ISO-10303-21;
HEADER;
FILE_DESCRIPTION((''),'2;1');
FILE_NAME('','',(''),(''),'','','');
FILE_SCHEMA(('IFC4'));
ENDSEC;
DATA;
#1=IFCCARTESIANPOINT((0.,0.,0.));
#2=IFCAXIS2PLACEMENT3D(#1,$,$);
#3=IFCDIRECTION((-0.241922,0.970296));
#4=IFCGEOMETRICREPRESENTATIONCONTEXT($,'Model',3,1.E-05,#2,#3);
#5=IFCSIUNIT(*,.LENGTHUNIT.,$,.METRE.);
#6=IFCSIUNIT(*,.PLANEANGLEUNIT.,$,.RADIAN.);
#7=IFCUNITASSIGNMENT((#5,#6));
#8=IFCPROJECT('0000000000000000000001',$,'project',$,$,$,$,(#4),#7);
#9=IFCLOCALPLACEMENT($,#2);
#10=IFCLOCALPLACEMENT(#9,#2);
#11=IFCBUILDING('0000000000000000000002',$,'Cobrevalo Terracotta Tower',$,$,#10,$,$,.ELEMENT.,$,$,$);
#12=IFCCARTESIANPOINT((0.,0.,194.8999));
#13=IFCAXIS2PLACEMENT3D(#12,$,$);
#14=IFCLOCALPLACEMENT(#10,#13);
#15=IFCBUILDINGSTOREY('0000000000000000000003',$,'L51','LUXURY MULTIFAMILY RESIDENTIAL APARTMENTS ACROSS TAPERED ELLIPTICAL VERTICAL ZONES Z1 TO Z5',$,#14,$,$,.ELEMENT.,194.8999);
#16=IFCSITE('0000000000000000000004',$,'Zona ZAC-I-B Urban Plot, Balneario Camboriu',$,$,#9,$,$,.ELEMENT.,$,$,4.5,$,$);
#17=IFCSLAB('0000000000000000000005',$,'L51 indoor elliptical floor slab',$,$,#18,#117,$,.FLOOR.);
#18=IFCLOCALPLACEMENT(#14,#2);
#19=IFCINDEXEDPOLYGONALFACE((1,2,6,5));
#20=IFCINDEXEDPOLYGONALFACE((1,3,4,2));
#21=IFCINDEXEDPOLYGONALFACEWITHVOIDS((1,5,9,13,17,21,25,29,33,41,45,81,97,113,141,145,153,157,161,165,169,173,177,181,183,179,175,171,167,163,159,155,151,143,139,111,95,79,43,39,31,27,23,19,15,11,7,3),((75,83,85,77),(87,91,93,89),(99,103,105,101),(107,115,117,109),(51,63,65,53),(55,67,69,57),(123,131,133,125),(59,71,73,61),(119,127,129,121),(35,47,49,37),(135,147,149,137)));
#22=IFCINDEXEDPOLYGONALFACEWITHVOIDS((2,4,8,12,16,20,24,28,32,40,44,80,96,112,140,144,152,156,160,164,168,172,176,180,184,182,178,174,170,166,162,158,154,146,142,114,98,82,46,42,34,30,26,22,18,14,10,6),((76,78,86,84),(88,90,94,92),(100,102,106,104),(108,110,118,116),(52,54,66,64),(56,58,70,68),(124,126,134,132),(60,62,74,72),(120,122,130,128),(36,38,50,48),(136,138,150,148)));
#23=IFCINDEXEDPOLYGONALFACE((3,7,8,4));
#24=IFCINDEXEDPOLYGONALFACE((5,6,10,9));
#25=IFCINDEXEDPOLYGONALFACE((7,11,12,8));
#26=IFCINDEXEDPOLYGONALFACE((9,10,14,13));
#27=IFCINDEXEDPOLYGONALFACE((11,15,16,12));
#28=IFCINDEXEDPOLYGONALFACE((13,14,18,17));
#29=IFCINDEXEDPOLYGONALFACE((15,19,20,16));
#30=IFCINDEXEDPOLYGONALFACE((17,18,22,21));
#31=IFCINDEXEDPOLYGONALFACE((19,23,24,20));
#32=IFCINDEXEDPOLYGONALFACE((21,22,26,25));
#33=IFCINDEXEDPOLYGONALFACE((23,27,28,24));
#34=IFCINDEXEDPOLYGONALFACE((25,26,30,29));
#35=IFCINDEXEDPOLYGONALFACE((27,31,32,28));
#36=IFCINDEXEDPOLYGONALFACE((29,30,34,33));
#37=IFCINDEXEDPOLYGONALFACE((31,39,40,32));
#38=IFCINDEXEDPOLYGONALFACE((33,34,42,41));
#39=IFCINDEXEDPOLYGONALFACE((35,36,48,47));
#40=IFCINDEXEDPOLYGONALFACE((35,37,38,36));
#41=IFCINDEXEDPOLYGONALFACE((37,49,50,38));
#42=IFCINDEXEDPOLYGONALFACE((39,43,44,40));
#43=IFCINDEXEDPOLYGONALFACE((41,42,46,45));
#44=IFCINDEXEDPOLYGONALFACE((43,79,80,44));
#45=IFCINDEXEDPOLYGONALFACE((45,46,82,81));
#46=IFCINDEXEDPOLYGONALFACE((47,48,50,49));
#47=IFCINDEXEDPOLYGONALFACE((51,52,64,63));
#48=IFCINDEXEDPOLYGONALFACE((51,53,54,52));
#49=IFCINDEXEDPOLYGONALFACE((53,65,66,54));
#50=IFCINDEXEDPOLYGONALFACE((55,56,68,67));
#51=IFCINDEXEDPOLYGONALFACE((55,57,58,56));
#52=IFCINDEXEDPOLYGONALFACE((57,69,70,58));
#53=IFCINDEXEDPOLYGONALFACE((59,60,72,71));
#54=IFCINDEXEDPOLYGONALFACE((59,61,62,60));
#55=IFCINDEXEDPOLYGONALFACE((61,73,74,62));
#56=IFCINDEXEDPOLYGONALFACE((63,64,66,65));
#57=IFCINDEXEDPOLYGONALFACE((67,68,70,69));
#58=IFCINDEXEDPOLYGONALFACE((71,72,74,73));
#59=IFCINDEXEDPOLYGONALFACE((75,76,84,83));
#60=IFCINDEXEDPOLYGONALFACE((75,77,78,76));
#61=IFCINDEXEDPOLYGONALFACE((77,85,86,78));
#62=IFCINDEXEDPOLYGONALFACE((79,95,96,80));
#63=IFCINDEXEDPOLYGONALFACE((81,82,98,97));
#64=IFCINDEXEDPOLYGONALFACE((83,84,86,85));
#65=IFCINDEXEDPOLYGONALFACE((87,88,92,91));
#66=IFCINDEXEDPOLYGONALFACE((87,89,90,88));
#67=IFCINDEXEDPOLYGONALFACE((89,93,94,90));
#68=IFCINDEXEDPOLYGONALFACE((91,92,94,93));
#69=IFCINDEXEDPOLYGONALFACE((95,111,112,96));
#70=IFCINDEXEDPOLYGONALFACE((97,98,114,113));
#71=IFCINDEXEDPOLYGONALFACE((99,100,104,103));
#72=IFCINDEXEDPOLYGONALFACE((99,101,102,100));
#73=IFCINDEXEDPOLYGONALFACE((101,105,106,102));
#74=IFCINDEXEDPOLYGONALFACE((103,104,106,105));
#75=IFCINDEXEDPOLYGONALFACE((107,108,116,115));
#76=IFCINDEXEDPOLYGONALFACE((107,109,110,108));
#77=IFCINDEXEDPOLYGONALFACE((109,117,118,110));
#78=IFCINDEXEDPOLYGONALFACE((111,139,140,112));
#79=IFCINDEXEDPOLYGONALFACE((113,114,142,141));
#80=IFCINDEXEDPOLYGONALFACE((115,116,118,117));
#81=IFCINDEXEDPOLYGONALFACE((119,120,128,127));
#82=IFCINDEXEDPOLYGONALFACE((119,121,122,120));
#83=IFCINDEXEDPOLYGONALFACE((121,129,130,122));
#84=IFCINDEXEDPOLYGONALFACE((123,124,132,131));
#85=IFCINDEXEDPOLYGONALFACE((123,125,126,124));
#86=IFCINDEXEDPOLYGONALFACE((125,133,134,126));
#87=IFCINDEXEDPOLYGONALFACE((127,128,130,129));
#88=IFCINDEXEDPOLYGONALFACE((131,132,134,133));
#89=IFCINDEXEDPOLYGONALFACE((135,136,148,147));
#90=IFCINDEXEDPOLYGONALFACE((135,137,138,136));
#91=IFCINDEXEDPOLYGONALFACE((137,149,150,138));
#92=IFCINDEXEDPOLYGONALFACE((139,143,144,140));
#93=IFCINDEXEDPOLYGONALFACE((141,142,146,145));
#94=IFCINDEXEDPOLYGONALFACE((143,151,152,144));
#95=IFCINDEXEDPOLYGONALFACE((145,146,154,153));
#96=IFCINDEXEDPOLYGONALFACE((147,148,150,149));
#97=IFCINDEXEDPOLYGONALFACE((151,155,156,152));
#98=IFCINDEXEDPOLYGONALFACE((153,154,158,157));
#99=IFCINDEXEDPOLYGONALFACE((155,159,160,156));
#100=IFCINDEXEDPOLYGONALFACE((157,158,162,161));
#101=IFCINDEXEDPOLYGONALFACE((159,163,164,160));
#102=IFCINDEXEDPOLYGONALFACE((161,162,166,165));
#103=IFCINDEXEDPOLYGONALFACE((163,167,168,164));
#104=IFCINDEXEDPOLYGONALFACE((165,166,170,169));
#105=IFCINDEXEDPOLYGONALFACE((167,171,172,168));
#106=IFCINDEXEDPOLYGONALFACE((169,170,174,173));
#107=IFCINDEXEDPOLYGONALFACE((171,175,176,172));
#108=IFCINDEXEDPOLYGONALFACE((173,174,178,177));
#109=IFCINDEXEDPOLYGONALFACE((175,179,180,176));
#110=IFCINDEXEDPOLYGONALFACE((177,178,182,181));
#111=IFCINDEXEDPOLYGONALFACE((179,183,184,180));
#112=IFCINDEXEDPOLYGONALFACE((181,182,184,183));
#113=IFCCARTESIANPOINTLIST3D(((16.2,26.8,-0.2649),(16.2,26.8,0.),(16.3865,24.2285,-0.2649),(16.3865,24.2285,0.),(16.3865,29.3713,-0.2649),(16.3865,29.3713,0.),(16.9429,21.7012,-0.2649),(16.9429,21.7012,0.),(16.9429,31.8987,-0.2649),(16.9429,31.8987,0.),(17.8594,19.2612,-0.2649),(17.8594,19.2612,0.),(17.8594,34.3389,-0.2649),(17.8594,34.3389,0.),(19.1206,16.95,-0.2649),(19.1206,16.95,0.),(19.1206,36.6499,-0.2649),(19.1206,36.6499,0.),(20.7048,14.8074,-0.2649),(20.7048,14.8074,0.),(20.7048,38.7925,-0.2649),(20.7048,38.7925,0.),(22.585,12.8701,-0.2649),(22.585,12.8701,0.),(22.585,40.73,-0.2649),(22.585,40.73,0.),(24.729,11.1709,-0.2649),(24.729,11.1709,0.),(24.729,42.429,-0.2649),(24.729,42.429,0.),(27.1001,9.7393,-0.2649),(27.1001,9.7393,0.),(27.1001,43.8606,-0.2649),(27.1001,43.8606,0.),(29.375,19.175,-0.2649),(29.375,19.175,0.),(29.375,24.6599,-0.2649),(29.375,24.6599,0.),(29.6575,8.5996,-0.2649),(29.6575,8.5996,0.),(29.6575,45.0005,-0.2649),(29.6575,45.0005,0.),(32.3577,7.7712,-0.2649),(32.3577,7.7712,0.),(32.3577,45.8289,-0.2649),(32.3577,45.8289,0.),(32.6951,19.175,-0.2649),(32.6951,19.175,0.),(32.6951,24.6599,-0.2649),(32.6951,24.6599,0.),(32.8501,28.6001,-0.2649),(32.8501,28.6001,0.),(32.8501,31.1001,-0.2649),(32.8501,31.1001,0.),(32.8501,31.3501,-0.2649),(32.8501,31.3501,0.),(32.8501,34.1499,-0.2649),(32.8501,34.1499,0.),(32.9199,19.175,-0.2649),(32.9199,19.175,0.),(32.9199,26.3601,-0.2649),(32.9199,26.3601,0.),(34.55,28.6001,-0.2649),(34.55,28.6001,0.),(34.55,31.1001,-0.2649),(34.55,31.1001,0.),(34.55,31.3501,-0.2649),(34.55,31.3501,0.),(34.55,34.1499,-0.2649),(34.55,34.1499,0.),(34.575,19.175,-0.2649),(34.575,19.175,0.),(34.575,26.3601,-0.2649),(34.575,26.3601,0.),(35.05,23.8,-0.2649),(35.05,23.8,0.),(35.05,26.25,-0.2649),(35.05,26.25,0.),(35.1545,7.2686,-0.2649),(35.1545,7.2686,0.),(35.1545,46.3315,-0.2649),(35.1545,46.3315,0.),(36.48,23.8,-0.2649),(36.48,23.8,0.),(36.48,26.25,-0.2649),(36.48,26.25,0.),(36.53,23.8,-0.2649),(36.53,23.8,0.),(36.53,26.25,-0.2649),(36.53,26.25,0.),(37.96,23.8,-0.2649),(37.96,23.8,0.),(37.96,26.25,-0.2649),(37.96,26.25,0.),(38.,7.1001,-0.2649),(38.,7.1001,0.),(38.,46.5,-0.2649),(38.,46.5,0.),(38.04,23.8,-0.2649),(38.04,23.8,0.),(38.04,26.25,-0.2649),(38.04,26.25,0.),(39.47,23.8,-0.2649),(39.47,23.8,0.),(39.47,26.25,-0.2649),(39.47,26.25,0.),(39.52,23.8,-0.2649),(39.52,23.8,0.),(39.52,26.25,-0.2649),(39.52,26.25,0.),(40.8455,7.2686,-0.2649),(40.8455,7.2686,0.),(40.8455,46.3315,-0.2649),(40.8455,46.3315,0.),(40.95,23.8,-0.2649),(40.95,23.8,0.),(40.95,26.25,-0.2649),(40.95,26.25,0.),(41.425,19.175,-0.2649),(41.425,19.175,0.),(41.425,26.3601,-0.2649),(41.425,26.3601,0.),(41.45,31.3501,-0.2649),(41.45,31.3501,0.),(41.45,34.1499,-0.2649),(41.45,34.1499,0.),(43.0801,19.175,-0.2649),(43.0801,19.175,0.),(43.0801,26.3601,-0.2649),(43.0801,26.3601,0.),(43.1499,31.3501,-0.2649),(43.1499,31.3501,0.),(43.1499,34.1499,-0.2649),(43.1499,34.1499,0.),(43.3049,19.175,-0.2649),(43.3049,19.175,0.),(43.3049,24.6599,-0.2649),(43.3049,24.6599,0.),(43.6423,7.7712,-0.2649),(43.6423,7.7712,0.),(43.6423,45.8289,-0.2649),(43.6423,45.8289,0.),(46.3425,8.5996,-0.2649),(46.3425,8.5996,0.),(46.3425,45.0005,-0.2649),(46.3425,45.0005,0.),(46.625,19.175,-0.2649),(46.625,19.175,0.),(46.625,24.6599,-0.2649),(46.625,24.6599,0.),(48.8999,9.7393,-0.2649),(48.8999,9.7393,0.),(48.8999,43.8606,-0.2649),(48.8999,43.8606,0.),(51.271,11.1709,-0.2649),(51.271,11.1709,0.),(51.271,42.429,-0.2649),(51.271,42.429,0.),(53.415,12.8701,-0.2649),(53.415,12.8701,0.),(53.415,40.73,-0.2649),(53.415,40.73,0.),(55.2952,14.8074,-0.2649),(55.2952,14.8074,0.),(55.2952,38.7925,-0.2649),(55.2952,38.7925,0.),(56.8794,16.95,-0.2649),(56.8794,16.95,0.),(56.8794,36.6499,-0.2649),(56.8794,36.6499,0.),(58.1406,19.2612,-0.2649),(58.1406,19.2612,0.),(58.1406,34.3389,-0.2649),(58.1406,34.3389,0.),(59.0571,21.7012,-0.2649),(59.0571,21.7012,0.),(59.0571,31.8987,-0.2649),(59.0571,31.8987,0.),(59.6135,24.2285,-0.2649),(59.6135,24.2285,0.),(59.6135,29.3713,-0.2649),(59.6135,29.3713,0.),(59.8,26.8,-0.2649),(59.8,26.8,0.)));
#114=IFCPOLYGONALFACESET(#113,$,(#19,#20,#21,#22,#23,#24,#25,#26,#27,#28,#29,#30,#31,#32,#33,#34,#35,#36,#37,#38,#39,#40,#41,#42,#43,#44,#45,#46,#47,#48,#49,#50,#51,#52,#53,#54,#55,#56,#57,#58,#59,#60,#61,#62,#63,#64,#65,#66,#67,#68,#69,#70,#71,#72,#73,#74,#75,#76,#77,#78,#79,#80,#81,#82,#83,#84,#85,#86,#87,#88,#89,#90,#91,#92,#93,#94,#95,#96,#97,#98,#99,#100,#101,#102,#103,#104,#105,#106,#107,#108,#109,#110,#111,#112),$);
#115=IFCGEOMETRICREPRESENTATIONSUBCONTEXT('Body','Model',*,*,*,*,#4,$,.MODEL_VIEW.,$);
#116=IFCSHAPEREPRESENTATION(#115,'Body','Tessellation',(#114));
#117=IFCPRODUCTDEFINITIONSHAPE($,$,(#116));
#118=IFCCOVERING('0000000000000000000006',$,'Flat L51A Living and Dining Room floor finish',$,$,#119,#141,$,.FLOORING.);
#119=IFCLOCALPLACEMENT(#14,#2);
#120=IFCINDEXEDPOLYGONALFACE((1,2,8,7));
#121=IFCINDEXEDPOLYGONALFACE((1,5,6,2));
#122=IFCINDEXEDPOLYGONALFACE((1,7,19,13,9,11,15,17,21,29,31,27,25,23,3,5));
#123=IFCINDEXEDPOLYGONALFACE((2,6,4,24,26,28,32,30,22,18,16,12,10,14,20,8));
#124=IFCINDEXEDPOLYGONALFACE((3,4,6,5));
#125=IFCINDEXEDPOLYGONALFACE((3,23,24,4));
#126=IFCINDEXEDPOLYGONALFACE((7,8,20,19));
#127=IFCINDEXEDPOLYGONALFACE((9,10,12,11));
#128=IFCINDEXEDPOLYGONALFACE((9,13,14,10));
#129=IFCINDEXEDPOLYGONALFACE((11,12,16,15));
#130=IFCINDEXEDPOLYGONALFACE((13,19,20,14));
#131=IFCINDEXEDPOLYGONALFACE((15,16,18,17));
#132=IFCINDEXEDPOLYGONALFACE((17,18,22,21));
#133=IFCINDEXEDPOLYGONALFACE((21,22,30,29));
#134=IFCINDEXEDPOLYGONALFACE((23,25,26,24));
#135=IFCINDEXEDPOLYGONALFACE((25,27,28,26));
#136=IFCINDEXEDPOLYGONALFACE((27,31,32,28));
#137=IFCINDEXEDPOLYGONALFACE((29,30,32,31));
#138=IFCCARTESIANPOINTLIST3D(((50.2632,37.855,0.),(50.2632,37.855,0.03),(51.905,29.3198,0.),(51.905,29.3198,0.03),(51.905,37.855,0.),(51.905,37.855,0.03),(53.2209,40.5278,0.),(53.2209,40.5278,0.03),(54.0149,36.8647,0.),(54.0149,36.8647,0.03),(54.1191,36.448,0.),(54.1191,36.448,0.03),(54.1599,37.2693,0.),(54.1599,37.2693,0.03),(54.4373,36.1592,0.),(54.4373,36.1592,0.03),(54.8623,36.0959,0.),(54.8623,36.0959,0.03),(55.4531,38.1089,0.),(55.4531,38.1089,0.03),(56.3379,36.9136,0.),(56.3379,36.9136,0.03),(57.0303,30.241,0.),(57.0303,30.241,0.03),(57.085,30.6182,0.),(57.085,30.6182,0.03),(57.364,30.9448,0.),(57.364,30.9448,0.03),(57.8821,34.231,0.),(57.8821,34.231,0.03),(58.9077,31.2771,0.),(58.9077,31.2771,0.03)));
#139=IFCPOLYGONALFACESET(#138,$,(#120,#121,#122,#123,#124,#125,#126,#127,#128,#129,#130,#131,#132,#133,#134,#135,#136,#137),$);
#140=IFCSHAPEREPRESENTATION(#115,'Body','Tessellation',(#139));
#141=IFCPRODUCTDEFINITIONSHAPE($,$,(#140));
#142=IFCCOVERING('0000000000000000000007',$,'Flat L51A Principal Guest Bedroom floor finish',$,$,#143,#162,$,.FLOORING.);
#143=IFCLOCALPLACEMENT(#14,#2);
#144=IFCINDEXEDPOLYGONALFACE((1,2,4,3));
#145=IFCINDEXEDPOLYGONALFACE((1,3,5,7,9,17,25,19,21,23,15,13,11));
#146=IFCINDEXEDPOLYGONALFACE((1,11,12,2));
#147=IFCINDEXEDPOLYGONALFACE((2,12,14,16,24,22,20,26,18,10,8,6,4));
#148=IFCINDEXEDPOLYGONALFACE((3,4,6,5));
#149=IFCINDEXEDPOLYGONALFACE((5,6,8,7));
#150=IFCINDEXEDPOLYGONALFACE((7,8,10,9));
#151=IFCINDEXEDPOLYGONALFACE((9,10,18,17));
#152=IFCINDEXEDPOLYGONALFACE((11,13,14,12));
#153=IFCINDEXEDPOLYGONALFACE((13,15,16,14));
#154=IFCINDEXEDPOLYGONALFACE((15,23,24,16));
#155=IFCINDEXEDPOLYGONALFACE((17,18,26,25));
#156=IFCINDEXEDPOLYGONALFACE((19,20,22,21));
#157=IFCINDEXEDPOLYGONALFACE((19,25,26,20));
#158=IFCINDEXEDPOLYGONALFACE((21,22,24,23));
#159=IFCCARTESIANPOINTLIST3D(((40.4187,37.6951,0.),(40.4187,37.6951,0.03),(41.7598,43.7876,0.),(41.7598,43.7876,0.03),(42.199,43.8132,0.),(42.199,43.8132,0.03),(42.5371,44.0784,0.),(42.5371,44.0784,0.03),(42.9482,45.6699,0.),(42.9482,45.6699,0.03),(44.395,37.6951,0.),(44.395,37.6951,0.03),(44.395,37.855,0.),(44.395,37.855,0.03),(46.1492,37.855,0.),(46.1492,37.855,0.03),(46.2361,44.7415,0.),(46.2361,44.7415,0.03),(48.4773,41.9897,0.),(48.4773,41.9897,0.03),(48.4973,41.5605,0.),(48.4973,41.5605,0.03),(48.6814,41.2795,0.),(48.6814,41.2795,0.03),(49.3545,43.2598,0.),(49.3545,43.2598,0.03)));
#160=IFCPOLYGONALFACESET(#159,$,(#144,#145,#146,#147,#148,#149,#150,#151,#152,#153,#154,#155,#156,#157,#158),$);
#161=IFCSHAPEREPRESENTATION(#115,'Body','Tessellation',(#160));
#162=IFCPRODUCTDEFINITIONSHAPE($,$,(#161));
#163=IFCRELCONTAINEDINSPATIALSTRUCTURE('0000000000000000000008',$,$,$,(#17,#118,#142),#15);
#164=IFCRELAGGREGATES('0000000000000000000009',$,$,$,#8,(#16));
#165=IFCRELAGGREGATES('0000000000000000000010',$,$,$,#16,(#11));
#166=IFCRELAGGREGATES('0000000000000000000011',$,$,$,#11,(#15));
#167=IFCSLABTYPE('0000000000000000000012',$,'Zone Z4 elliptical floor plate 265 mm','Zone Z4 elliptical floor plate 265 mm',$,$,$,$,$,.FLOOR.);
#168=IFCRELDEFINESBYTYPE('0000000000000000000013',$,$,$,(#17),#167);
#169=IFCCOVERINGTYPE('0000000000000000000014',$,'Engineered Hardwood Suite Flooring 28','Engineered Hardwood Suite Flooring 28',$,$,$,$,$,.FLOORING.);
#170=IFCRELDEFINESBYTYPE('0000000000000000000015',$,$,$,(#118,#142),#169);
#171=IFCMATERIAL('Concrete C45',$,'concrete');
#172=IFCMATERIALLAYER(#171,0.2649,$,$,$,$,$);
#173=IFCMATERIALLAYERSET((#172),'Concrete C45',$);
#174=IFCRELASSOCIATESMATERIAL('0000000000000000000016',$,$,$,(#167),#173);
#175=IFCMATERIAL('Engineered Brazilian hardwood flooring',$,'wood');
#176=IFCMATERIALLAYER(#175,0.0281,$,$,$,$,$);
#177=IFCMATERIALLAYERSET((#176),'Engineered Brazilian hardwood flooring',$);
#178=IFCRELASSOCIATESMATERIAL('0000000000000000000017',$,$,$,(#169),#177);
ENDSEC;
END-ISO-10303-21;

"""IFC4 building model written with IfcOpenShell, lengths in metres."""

from ifc_helpers import new_model, si_unit, direction, frame, origin, place, context, subcontext, project, spatial, polyline, outline, extrude, material, layer, layer_set, type_object, element, save


model = new_model("IFC4")

# Units and contexts
model_context = context("Model", 3, precision=1e-05, world=origin(), true_north=direction((-0.241922, 0.970296)))
body_context = subcontext(model_context, "Body", "Model", "MODEL_VIEW")
ifc_project = project(units=[si_unit("LENGTHUNIT", "METRE"), si_unit("PLANEANGLEUNIT", "RADIAN")], contexts=[model_context])

# Site, building, storey
site_placement = place(None, origin())
site = spatial("IfcSite", under=ifc_project, at=site_placement, Name="Zona ZAC-I-B Urban Plot, Balneario Camboriu", CompositionType="ELEMENT", RefElevation=4.5)
building_placement = place(site_placement, origin())
building = spatial("IfcBuilding", under=site, at=building_placement, Name="Cobrevalo Terracotta Tower", CompositionType="ELEMENT")
storey_placement = place(building_placement, frame((0.0, 0.0, 194.8999)))
storey = spatial("IfcBuildingStorey", under=building, at=storey_placement, Name="L51", Description="LUXURY MULTIFAMILY RESIDENTIAL APARTMENTS ACROSS TAPERED ELLIPTICAL VERTICAL ZONES Z1 TO Z5", CompositionType="ELEMENT", Elevation=194.8999)

# Slab
ifc_material_1 = material(Name="Concrete C45", Category="concrete")
ifc_layer_1 = layer(ifc_material_1, 0.2649)
ifc_layer_set_1 = layer_set([ifc_layer_1], Name="Concrete C45")
slab_type_1 = type_object("IfcSlabType", Name="Zone Z4 elliptical floor plate 265 mm", Description="Zone Z4 elliptical floor plate 265 mm", PredefinedType="FLOOR", material=ifc_layer_set_1)
slab_1_placement = place(storey_placement, frame((0.0, 0.0, -0.2649)))
element("IfcSlab", 1, at=slab_1_placement, inside=storey, type_object=slab_type_1, Name="L51 indoor elliptical floor slab", PredefinedType="FLOOR", context=body_context, shape_type="SweptSolid", body=[
    extrude(outline(polyline([(59.6135, 24.2285), (59.0571, 21.7012), (58.1406, 19.2612), (56.8794, 16.95), (55.2952, 14.8074), (53.415, 12.8701), (51.271, 11.1709), (48.8999, 9.7393), (46.3425, 8.5996), (43.6423, 7.7712), (40.8455, 7.2686), (38.0, 7.1001), (35.1545, 7.2686), (32.3577, 7.7712), (29.6575, 8.5996), (27.1001, 9.7393), (24.729, 11.1709), (22.585, 12.8701), (20.7048, 14.8074), (19.1206, 16.95), (17.8594, 19.2612), (16.9429, 21.7012), (16.3865, 24.2285), (16.2, 26.8), (16.3865, 29.3713), (16.9429, 31.8987), (17.8594, 34.3389), (19.1206, 36.6499), (20.7048, 38.7925), (22.585, 40.73), (24.729, 42.429), (27.1001, 43.8606), (29.6575, 45.0005), (32.3577, 45.8289), (35.1545, 46.3315), (38.0, 46.5), (40.8455, 46.3315), (43.6423, 45.8289), (46.3425, 45.0005), (48.8999, 43.8606), (51.271, 42.429), (53.415, 40.73), (55.2952, 38.7925), (56.8794, 36.6499), (58.1406, 34.3389), (59.0571, 31.8987), (59.6135, 29.3713), (59.8, 26.8), (59.6135, 24.2285)]), holes=[polyline([(32.6951, 19.175), (32.6951, 24.6599), (29.375, 24.6599), (29.375, 19.175), (32.6951, 19.175)]), polyline([(34.575, 26.3601), (32.9199, 26.3601), (32.9199, 19.175), (34.575, 19.175), (34.575, 26.3601)]), polyline([(36.48, 26.25), (35.05, 26.25), (35.05, 23.8), (36.48, 23.8), (36.48, 26.25)]), polyline([(37.96, 23.8), (37.96, 26.25), (36.53, 26.25), (36.53, 23.8), (37.96, 23.8)]), polyline([(34.55, 28.6001), (34.55, 31.1001), (32.8501, 31.1001), (32.8501, 28.6001), (34.55, 28.6001)]), polyline([(34.55, 34.1499), (32.8501, 34.1499), (32.8501, 31.3501), (34.55, 31.3501), (34.55, 34.1499)]), polyline([(43.3049, 19.175), (46.625, 19.175), (46.625, 24.6599), (43.3049, 24.6599), (43.3049, 19.175)]), polyline([(43.0801, 19.175), (43.0801, 26.3601), (41.425, 26.3601), (41.425, 19.175), (43.0801, 19.175)]), polyline([(39.47, 26.25), (38.04, 26.25), (38.04, 23.8), (39.47, 23.8), (39.47, 26.25)]), polyline([(40.95, 23.8), (40.95, 26.25), (39.52, 26.25), (39.52, 23.8), (40.95, 23.8)]), polyline([(43.1499, 31.3501), (43.1499, 34.1499), (41.45, 34.1499), (41.45, 31.3501), (43.1499, 31.3501)])]), origin(), (0.0, 0.0, 1.0), 0.2649),
])

# Coverings
ifc_material_2 = material(Name="Engineered Brazilian hardwood flooring", Category="wood")
ifc_layer_2 = layer(ifc_material_2, 0.0281)
ifc_layer_set_2 = layer_set([ifc_layer_2], Name="Engineered Brazilian hardwood flooring")
covering_type_1 = type_object("IfcCoveringType", Name="Engineered Hardwood Suite Flooring 28", Description="Engineered Hardwood Suite Flooring 28", PredefinedType="FLOORING", material=ifc_layer_set_2)
covering_1_placement = place(storey_placement, origin())
element("IfcCovering", 2, at=covering_1_placement, inside=storey, type_object=covering_type_1, Name="Flat L51A Living and Dining Room floor finish", PredefinedType="FLOORING", context=body_context, shape_type="SweptSolid", body=[
    extrude(outline(polyline([(53.2209, 40.5278), (55.4531, 38.1089), (54.1599, 37.2693), (54.0149, 36.8647), (54.1191, 36.448), (54.4373, 36.1592), (54.8623, 36.0959), (56.3379, 36.9136), (57.8821, 34.231), (58.9077, 31.2771), (57.364, 30.9448), (57.085, 30.6182), (57.0303, 30.241), (51.905, 29.3198), (51.905, 37.855), (50.2632, 37.855), (53.2209, 40.5278)])), origin(), (0.0, 0.0, 1.0), 0.03),
])
covering_2_placement = place(storey_placement, origin())
element("IfcCovering", 3, at=covering_2_placement, inside=storey, type_object=covering_type_1, Name="Flat L51A Principal Guest Bedroom floor finish", PredefinedType="FLOORING", context=body_context, shape_type="SweptSolid", body=[
    extrude(outline(polyline([(46.2361, 44.7415), (49.3545, 43.2598), (48.4773, 41.9897), (48.4973, 41.5605), (48.6814, 41.2795), (46.1492, 37.855), (44.395, 37.855), (44.395, 37.6951), (40.4187, 37.6951), (41.7598, 43.7876), (42.199, 43.8132), (42.5371, 44.0784), (42.9482, 45.6699), (46.2361, 44.7415)])), origin(), (0.0, 0.0, 1.0), 0.03),
])

save(model, "model.ifc")
